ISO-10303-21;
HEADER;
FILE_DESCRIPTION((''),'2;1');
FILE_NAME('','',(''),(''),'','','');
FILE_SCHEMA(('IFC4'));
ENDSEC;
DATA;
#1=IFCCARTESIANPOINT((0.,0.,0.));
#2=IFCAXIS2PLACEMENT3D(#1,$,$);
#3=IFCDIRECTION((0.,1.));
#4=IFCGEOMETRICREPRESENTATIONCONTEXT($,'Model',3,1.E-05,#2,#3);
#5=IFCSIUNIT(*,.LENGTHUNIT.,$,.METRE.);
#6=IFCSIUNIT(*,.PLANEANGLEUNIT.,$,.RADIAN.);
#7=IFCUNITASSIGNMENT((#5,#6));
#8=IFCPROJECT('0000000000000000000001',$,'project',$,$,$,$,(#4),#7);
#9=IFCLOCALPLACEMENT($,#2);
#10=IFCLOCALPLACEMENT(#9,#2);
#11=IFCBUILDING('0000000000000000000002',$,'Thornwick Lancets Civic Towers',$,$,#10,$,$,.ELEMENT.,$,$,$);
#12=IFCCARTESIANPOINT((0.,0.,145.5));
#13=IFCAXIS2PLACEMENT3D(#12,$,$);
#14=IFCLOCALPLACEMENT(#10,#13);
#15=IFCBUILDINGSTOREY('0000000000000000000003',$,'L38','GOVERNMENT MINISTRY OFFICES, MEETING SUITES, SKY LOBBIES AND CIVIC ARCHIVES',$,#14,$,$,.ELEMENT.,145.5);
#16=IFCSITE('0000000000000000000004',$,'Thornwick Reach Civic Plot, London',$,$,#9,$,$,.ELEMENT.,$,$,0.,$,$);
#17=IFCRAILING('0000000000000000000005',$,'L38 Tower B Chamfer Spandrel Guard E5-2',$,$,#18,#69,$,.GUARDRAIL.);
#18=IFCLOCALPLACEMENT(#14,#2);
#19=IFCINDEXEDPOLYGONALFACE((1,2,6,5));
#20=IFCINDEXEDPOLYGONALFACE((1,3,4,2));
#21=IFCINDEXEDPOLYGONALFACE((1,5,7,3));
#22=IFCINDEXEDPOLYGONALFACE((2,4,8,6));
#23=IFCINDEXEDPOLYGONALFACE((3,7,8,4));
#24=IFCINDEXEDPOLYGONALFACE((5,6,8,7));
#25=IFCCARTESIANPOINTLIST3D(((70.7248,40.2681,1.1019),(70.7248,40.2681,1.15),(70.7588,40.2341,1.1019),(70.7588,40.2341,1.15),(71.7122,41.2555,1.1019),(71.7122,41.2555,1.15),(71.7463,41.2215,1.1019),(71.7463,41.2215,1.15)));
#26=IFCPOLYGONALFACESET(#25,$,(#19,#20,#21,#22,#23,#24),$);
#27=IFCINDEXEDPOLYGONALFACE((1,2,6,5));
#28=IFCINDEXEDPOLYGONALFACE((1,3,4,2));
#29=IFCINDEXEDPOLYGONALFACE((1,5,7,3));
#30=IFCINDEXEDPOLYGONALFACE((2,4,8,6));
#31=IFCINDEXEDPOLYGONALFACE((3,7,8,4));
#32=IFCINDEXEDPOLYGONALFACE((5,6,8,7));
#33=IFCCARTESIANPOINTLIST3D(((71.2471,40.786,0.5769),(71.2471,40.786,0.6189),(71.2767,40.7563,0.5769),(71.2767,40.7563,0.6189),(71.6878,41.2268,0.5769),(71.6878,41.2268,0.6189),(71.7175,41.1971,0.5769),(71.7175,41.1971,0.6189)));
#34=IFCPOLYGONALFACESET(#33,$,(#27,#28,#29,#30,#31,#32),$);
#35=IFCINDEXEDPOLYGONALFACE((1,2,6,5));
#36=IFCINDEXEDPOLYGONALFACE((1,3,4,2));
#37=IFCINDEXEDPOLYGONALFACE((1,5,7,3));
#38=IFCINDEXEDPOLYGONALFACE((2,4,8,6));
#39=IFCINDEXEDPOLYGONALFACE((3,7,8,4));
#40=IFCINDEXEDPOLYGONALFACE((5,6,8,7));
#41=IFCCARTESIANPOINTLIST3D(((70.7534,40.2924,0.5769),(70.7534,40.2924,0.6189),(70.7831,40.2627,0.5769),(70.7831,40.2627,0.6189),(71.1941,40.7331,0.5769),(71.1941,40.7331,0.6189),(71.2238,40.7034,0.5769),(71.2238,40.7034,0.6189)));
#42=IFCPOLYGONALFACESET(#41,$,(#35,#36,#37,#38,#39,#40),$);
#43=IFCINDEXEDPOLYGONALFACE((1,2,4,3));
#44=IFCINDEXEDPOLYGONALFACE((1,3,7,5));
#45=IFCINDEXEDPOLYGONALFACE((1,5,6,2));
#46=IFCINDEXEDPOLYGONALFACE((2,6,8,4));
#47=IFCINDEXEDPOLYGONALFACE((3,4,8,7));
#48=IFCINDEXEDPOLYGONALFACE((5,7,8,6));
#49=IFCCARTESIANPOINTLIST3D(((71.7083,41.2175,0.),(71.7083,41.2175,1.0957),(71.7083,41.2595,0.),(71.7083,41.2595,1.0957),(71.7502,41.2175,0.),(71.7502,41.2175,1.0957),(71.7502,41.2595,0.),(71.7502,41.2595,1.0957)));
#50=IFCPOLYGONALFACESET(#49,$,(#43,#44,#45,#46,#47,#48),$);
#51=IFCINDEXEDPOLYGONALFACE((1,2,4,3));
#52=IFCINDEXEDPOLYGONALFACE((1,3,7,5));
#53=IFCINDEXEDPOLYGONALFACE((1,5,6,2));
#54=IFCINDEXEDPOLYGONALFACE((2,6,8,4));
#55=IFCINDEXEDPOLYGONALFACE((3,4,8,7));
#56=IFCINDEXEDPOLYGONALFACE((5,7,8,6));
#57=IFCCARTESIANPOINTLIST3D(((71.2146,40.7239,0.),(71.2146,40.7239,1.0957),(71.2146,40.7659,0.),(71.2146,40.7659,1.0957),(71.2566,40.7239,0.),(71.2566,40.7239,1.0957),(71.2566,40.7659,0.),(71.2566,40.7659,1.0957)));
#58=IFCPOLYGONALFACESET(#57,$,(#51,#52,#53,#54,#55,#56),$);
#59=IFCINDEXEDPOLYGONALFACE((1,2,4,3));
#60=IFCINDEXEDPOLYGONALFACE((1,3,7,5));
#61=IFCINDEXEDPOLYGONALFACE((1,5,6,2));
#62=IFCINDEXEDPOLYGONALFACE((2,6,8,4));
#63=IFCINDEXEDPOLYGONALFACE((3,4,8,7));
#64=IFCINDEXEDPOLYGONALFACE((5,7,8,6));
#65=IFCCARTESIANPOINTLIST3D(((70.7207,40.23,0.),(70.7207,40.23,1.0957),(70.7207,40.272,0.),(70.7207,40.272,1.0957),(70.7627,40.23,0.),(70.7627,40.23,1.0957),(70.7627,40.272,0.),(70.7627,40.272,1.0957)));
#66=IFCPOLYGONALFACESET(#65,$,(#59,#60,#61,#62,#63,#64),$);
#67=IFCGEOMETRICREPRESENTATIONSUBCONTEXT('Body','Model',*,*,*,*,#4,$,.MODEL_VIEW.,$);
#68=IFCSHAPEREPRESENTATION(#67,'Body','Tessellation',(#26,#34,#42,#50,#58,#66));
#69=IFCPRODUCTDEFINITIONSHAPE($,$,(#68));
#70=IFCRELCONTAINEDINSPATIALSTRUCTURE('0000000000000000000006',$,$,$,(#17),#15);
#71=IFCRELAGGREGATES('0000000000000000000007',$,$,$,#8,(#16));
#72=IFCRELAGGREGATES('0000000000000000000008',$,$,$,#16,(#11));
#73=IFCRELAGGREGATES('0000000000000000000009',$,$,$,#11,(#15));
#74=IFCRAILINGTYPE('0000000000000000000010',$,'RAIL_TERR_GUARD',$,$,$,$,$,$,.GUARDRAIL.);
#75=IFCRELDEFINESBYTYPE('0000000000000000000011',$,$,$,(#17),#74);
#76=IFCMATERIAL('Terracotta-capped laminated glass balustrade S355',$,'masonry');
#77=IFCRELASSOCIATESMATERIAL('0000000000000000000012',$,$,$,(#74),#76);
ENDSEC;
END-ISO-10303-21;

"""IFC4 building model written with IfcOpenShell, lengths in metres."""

from ifc_helpers import new_model, si_unit, direction, frame, origin, origin_2d, place, context, subcontext, project, spatial, rectangle, extrude, material, type_object, element, save


model = new_model("IFC4")

# Units and contexts
model_context = context("Model", 3, precision=1e-05, world=origin(), true_north=direction((0.0, 1.0)))
body_context = subcontext(model_context, "Body", "Model", "MODEL_VIEW")
ifc_project = project(units=[si_unit("LENGTHUNIT", "METRE"), si_unit("PLANEANGLEUNIT", "RADIAN")], contexts=[model_context])

# Site, building, storey
site_placement = place(None, origin())
site = spatial("IfcSite", under=ifc_project, at=site_placement, Name="Thornwick Reach Civic Plot, London", CompositionType="ELEMENT", RefElevation=0.0)
building_placement = place(site_placement, origin())
building = spatial("IfcBuilding", under=site, at=building_placement, Name="Thornwick Lancets Civic Towers", CompositionType="ELEMENT")
storey_placement = place(building_placement, frame((0.0, 0.0, 145.5)))
storey = spatial("IfcBuildingStorey", under=building, at=storey_placement, Name="L38", Description="GOVERNMENT MINISTRY OFFICES, MEETING SUITES, SKY LOBBIES AND CIVIC ARCHIVES", CompositionType="ELEMENT", Elevation=145.5)

# Railing
ifc_material_1 = material(Name="Terracotta-capped laminated glass balustrade S355", Category="masonry")
railing_type = type_object("IfcRailingType", Name="RAIL_TERR_GUARD", PredefinedType="GUARDRAIL", material=ifc_material_1)
for number, where, name in (
    (1, (71.7292, 41.2385, 0.0), "L38 Tower B Chamfer Spandrel Guard E5-2"),
):
    element("IfcRailing", number, at=place(storey_placement, frame(where)), inside=storey, type_object=railing_type, Name=name, PredefinedType="GUARDRAIL", context=body_context, shape_type="SweptSolid", body=[
        extrude(rectangle(XDim=0.0481, YDim=0.0481, at=origin_2d()), frame((0.0, 0.0, 1.126), z_axis=(-0.707107, -0.707107, 0.0), x_axis=(0.707107, -0.707107, 0.0)), (0.0, 0.0, 1.0), 1.3965),
        extrude(rectangle(XDim=0.042, YDim=0.042, at=origin_2d()), frame((-0.0266, -0.0266, 0.5979), z_axis=(-0.707107, -0.707107, 0.0), x_axis=(0.707107, -0.707107, 0.0)), (0.0, 0.0, 1.0), 0.6233),
        extrude(rectangle(XDim=0.042, YDim=0.042, at=origin_2d()), frame((-0.5203, -0.5203, 0.5979), z_axis=(-0.707107, -0.707107, 0.0), x_axis=(0.707107, -0.707107, 0.0)), (0.0, 0.0, 1.0), 0.6233),
        extrude(rectangle(XDim=0.042, YDim=0.042, at=origin_2d()), origin(), (0.0, 0.0, 1.0), 1.0957),
        extrude(rectangle(XDim=0.042, YDim=0.042, at=origin_2d()), frame((-0.4937, -0.4937, 0.0)), (0.0, 0.0, 1.0), 1.0957),
        extrude(rectangle(XDim=0.042, YDim=0.042, at=origin_2d()), frame((-0.9875, -0.9875, 0.0)), (0.0, 0.0, 1.0), 1.0957),
    ])

save(model, "model.ifc")
